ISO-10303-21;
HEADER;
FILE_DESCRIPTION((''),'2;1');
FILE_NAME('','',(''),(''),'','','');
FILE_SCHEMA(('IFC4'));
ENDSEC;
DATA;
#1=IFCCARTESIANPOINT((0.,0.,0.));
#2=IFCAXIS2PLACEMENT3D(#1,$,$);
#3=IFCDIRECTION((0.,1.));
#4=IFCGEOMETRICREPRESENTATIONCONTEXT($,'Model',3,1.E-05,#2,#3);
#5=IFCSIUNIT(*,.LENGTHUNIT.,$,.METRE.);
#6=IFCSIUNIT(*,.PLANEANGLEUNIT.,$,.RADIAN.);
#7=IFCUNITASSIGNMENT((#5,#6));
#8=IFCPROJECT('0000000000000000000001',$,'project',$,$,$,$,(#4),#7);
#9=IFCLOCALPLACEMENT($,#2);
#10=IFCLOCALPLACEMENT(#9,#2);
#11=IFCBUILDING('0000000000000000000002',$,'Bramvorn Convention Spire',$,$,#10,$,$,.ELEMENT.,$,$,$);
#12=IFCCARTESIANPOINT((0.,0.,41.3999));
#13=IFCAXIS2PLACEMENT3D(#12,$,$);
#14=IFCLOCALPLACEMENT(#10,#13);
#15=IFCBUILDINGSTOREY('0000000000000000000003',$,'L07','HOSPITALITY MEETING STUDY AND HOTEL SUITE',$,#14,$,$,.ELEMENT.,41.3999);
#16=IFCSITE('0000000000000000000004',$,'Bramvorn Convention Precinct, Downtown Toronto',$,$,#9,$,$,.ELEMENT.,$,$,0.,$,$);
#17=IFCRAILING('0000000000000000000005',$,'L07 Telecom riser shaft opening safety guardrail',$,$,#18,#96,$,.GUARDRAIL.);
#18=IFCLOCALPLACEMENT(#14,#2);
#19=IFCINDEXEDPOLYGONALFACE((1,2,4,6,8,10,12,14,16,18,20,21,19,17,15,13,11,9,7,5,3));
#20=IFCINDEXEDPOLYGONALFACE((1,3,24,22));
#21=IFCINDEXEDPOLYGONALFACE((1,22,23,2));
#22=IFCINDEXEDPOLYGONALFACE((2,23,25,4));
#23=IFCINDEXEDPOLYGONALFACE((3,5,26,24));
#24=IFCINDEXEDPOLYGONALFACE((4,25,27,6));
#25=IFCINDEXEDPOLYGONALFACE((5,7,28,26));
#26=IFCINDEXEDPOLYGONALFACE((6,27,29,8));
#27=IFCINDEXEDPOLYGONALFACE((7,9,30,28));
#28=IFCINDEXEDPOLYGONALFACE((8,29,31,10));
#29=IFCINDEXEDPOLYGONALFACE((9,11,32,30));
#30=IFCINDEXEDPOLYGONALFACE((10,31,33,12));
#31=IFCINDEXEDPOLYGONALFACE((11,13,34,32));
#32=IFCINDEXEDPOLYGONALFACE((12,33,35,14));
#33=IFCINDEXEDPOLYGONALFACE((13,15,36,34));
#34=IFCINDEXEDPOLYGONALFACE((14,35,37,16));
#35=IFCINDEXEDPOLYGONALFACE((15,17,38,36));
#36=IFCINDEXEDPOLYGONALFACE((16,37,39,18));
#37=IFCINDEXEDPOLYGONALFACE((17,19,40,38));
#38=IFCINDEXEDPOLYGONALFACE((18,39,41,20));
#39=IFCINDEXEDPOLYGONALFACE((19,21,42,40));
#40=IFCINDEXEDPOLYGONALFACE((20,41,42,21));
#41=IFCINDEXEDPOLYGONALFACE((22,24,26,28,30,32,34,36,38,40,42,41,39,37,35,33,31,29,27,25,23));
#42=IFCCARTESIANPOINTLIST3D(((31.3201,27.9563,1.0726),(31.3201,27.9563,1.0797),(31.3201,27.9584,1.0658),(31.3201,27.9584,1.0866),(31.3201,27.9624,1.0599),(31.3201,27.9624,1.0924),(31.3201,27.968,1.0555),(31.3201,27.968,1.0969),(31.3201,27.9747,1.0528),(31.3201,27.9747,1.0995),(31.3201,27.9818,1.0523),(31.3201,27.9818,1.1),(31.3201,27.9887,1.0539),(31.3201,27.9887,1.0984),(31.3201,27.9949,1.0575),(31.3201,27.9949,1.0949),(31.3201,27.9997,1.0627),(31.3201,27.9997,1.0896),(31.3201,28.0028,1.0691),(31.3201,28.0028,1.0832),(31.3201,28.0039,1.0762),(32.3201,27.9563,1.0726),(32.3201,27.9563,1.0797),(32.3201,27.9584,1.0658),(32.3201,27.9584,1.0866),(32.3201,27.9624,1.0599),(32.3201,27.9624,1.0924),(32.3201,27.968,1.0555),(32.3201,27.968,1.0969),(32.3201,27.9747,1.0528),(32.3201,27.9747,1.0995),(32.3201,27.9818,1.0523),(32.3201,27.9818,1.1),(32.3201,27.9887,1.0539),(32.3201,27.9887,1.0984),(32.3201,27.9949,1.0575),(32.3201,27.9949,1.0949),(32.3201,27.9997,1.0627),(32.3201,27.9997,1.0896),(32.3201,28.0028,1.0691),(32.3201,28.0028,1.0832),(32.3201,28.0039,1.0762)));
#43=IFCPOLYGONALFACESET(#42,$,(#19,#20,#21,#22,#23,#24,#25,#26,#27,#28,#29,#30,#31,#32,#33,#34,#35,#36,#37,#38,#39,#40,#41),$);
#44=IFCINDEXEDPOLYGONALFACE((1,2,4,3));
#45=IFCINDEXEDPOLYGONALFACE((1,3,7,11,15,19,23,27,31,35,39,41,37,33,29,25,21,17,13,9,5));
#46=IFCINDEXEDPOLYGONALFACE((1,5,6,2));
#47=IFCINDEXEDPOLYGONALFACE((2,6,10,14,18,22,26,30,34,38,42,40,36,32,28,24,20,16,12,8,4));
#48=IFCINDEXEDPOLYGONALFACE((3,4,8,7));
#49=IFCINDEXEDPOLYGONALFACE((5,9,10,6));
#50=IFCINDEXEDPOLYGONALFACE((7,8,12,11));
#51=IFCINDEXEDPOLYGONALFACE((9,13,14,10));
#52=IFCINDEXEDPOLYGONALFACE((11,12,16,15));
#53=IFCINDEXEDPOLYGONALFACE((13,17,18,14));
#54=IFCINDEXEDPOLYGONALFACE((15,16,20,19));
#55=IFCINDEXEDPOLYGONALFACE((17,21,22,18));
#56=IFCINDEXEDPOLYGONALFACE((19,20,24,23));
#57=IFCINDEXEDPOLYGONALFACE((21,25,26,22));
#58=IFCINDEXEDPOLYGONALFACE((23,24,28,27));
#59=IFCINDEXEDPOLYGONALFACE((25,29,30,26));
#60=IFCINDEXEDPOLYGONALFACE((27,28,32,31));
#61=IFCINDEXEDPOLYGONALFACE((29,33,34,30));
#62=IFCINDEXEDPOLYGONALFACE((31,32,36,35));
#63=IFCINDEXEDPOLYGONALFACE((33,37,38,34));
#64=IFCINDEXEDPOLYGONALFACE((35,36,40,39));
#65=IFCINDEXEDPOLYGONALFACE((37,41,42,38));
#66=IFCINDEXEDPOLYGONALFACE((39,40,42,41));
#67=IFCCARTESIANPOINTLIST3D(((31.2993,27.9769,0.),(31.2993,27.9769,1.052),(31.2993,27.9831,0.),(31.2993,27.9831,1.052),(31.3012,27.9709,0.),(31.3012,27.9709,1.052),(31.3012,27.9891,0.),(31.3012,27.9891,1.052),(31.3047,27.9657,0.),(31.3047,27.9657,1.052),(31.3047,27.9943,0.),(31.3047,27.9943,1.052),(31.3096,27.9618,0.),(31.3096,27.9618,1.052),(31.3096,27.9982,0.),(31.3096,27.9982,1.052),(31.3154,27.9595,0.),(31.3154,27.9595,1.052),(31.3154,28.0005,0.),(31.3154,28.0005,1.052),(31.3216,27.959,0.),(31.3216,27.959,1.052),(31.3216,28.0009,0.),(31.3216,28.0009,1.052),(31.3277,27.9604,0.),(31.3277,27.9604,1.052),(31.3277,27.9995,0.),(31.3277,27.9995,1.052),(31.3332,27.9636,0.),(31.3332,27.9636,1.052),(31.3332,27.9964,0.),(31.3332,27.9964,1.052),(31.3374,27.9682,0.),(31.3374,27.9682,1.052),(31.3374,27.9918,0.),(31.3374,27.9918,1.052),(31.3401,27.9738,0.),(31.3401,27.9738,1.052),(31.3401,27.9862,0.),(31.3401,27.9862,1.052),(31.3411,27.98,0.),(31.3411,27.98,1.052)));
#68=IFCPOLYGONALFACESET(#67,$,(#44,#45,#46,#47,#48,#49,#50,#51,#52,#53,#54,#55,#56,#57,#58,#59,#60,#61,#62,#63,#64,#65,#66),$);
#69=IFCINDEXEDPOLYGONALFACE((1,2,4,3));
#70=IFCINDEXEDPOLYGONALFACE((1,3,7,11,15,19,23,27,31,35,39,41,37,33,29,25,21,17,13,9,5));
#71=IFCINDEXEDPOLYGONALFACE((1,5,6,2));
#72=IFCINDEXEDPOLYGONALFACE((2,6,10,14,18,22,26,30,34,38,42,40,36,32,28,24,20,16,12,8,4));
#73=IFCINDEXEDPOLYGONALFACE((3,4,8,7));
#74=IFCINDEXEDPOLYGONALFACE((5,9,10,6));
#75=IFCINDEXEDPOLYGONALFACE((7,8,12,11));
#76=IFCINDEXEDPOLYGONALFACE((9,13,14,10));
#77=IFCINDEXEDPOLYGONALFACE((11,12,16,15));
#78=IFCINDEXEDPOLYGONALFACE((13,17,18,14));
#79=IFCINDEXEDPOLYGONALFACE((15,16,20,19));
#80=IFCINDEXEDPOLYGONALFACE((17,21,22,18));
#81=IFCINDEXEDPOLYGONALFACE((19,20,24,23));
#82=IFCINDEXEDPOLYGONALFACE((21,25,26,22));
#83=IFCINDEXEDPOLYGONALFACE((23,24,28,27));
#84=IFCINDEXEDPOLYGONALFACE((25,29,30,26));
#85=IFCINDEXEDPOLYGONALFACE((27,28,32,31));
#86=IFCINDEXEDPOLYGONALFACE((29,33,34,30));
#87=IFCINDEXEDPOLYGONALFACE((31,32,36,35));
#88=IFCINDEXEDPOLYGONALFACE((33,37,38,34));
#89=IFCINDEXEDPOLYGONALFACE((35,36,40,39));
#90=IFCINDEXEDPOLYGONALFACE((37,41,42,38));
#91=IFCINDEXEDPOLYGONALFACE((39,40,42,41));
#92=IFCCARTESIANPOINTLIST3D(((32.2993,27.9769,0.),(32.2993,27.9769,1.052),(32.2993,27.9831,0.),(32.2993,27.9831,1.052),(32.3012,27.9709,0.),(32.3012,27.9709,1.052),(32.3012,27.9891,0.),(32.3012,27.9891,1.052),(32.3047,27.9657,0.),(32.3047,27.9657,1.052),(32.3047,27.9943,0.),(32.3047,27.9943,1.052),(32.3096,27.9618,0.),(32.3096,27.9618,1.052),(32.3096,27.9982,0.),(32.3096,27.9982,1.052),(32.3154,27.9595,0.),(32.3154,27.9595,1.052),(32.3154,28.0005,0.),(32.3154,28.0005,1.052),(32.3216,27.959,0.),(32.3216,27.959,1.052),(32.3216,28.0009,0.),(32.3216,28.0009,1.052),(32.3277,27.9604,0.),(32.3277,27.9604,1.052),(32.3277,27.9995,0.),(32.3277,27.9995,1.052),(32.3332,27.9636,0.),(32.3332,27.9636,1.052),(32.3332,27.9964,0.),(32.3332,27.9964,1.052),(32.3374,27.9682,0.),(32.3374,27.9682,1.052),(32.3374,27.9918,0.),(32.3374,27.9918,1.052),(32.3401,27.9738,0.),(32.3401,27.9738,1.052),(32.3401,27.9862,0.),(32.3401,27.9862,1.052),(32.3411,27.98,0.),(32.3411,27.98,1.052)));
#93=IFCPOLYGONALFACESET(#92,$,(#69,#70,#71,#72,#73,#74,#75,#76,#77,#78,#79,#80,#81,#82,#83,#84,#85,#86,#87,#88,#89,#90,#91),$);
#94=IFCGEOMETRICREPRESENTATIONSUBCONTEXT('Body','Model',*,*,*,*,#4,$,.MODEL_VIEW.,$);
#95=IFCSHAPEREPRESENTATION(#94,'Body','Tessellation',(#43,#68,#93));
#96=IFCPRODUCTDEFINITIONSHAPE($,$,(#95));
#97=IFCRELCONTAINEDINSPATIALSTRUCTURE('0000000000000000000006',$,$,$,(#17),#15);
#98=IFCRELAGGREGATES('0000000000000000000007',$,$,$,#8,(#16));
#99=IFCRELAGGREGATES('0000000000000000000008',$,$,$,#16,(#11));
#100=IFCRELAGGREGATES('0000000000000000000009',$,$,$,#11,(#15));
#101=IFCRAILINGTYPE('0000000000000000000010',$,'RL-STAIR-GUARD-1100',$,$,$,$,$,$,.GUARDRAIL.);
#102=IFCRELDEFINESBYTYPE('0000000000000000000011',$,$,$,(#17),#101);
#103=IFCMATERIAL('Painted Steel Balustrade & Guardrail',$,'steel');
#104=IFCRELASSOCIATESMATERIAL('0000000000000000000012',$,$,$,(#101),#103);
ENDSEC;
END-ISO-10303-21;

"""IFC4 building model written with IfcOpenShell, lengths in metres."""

from ifc_helpers import new_model, si_unit, direction, frame, origin, origin_2d, place, context, subcontext, project, spatial, circle, extrude, material, type_object, element, save


model = new_model("IFC4")

# Units and contexts
model_context = context("Model", 3, precision=1e-05, world=origin(), true_north=direction((0.0, 1.0)))
body_context = subcontext(model_context, "Body", "Model", "MODEL_VIEW")
ifc_project = project(units=[si_unit("LENGTHUNIT", "METRE"), si_unit("PLANEANGLEUNIT", "RADIAN")], contexts=[model_context])

# Site, building, storey
site_placement = place(None, origin())
site = spatial("IfcSite", under=ifc_project, at=site_placement, Name="Bramvorn Convention Precinct, Downtown Toronto", CompositionType="ELEMENT", RefElevation=0.0)
building_placement = place(site_placement, origin())
building = spatial("IfcBuilding", under=site, at=building_placement, Name="Bramvorn Convention Spire", CompositionType="ELEMENT")
storey_placement = place(building_placement, frame((0.0, 0.0, 41.3999)))
storey = spatial("IfcBuildingStorey", under=building, at=storey_placement, Name="L07", Description="HOSPITALITY MEETING STUDY AND HOTEL SUITE", CompositionType="ELEMENT", Elevation=41.3999)

# Railing
ifc_material_1 = material(Name="Painted Steel Balustrade & Guardrail", Category="steel")
railing_type_1 = type_object("IfcRailingType", Name="RL-STAIR-GUARD-1100", PredefinedType="GUARDRAIL", material=ifc_material_1)
railing_1_placement = place(storey_placement, frame((31.3201, 27.98, 0.0)))
element("IfcRailing", 1, at=railing_1_placement, inside=storey, type_object=railing_type_1, Name="L07 Telecom riser shaft opening safety guardrail", PredefinedType="GUARDRAIL", context=body_context, shape_type="SweptSolid", body=[
    extrude(circle(Radius=0.0239, at=origin_2d()), frame((0.0, 0.0, 1.0762), z_axis=(1.0, 0.0, 0.0), x_axis=(0.0, 1.0, 0.0)), (0.0, 0.0, 1.0), 1.0),
    extrude(circle(Radius=0.021, at=origin_2d()), origin(), (0.0, 0.0, 1.0), 1.052),
    extrude(circle(Radius=0.021, at=origin_2d()), frame((1.0, 0.0, 0.0)), (0.0, 0.0, 1.0), 1.052),
])

save(model, "model.ifc")
